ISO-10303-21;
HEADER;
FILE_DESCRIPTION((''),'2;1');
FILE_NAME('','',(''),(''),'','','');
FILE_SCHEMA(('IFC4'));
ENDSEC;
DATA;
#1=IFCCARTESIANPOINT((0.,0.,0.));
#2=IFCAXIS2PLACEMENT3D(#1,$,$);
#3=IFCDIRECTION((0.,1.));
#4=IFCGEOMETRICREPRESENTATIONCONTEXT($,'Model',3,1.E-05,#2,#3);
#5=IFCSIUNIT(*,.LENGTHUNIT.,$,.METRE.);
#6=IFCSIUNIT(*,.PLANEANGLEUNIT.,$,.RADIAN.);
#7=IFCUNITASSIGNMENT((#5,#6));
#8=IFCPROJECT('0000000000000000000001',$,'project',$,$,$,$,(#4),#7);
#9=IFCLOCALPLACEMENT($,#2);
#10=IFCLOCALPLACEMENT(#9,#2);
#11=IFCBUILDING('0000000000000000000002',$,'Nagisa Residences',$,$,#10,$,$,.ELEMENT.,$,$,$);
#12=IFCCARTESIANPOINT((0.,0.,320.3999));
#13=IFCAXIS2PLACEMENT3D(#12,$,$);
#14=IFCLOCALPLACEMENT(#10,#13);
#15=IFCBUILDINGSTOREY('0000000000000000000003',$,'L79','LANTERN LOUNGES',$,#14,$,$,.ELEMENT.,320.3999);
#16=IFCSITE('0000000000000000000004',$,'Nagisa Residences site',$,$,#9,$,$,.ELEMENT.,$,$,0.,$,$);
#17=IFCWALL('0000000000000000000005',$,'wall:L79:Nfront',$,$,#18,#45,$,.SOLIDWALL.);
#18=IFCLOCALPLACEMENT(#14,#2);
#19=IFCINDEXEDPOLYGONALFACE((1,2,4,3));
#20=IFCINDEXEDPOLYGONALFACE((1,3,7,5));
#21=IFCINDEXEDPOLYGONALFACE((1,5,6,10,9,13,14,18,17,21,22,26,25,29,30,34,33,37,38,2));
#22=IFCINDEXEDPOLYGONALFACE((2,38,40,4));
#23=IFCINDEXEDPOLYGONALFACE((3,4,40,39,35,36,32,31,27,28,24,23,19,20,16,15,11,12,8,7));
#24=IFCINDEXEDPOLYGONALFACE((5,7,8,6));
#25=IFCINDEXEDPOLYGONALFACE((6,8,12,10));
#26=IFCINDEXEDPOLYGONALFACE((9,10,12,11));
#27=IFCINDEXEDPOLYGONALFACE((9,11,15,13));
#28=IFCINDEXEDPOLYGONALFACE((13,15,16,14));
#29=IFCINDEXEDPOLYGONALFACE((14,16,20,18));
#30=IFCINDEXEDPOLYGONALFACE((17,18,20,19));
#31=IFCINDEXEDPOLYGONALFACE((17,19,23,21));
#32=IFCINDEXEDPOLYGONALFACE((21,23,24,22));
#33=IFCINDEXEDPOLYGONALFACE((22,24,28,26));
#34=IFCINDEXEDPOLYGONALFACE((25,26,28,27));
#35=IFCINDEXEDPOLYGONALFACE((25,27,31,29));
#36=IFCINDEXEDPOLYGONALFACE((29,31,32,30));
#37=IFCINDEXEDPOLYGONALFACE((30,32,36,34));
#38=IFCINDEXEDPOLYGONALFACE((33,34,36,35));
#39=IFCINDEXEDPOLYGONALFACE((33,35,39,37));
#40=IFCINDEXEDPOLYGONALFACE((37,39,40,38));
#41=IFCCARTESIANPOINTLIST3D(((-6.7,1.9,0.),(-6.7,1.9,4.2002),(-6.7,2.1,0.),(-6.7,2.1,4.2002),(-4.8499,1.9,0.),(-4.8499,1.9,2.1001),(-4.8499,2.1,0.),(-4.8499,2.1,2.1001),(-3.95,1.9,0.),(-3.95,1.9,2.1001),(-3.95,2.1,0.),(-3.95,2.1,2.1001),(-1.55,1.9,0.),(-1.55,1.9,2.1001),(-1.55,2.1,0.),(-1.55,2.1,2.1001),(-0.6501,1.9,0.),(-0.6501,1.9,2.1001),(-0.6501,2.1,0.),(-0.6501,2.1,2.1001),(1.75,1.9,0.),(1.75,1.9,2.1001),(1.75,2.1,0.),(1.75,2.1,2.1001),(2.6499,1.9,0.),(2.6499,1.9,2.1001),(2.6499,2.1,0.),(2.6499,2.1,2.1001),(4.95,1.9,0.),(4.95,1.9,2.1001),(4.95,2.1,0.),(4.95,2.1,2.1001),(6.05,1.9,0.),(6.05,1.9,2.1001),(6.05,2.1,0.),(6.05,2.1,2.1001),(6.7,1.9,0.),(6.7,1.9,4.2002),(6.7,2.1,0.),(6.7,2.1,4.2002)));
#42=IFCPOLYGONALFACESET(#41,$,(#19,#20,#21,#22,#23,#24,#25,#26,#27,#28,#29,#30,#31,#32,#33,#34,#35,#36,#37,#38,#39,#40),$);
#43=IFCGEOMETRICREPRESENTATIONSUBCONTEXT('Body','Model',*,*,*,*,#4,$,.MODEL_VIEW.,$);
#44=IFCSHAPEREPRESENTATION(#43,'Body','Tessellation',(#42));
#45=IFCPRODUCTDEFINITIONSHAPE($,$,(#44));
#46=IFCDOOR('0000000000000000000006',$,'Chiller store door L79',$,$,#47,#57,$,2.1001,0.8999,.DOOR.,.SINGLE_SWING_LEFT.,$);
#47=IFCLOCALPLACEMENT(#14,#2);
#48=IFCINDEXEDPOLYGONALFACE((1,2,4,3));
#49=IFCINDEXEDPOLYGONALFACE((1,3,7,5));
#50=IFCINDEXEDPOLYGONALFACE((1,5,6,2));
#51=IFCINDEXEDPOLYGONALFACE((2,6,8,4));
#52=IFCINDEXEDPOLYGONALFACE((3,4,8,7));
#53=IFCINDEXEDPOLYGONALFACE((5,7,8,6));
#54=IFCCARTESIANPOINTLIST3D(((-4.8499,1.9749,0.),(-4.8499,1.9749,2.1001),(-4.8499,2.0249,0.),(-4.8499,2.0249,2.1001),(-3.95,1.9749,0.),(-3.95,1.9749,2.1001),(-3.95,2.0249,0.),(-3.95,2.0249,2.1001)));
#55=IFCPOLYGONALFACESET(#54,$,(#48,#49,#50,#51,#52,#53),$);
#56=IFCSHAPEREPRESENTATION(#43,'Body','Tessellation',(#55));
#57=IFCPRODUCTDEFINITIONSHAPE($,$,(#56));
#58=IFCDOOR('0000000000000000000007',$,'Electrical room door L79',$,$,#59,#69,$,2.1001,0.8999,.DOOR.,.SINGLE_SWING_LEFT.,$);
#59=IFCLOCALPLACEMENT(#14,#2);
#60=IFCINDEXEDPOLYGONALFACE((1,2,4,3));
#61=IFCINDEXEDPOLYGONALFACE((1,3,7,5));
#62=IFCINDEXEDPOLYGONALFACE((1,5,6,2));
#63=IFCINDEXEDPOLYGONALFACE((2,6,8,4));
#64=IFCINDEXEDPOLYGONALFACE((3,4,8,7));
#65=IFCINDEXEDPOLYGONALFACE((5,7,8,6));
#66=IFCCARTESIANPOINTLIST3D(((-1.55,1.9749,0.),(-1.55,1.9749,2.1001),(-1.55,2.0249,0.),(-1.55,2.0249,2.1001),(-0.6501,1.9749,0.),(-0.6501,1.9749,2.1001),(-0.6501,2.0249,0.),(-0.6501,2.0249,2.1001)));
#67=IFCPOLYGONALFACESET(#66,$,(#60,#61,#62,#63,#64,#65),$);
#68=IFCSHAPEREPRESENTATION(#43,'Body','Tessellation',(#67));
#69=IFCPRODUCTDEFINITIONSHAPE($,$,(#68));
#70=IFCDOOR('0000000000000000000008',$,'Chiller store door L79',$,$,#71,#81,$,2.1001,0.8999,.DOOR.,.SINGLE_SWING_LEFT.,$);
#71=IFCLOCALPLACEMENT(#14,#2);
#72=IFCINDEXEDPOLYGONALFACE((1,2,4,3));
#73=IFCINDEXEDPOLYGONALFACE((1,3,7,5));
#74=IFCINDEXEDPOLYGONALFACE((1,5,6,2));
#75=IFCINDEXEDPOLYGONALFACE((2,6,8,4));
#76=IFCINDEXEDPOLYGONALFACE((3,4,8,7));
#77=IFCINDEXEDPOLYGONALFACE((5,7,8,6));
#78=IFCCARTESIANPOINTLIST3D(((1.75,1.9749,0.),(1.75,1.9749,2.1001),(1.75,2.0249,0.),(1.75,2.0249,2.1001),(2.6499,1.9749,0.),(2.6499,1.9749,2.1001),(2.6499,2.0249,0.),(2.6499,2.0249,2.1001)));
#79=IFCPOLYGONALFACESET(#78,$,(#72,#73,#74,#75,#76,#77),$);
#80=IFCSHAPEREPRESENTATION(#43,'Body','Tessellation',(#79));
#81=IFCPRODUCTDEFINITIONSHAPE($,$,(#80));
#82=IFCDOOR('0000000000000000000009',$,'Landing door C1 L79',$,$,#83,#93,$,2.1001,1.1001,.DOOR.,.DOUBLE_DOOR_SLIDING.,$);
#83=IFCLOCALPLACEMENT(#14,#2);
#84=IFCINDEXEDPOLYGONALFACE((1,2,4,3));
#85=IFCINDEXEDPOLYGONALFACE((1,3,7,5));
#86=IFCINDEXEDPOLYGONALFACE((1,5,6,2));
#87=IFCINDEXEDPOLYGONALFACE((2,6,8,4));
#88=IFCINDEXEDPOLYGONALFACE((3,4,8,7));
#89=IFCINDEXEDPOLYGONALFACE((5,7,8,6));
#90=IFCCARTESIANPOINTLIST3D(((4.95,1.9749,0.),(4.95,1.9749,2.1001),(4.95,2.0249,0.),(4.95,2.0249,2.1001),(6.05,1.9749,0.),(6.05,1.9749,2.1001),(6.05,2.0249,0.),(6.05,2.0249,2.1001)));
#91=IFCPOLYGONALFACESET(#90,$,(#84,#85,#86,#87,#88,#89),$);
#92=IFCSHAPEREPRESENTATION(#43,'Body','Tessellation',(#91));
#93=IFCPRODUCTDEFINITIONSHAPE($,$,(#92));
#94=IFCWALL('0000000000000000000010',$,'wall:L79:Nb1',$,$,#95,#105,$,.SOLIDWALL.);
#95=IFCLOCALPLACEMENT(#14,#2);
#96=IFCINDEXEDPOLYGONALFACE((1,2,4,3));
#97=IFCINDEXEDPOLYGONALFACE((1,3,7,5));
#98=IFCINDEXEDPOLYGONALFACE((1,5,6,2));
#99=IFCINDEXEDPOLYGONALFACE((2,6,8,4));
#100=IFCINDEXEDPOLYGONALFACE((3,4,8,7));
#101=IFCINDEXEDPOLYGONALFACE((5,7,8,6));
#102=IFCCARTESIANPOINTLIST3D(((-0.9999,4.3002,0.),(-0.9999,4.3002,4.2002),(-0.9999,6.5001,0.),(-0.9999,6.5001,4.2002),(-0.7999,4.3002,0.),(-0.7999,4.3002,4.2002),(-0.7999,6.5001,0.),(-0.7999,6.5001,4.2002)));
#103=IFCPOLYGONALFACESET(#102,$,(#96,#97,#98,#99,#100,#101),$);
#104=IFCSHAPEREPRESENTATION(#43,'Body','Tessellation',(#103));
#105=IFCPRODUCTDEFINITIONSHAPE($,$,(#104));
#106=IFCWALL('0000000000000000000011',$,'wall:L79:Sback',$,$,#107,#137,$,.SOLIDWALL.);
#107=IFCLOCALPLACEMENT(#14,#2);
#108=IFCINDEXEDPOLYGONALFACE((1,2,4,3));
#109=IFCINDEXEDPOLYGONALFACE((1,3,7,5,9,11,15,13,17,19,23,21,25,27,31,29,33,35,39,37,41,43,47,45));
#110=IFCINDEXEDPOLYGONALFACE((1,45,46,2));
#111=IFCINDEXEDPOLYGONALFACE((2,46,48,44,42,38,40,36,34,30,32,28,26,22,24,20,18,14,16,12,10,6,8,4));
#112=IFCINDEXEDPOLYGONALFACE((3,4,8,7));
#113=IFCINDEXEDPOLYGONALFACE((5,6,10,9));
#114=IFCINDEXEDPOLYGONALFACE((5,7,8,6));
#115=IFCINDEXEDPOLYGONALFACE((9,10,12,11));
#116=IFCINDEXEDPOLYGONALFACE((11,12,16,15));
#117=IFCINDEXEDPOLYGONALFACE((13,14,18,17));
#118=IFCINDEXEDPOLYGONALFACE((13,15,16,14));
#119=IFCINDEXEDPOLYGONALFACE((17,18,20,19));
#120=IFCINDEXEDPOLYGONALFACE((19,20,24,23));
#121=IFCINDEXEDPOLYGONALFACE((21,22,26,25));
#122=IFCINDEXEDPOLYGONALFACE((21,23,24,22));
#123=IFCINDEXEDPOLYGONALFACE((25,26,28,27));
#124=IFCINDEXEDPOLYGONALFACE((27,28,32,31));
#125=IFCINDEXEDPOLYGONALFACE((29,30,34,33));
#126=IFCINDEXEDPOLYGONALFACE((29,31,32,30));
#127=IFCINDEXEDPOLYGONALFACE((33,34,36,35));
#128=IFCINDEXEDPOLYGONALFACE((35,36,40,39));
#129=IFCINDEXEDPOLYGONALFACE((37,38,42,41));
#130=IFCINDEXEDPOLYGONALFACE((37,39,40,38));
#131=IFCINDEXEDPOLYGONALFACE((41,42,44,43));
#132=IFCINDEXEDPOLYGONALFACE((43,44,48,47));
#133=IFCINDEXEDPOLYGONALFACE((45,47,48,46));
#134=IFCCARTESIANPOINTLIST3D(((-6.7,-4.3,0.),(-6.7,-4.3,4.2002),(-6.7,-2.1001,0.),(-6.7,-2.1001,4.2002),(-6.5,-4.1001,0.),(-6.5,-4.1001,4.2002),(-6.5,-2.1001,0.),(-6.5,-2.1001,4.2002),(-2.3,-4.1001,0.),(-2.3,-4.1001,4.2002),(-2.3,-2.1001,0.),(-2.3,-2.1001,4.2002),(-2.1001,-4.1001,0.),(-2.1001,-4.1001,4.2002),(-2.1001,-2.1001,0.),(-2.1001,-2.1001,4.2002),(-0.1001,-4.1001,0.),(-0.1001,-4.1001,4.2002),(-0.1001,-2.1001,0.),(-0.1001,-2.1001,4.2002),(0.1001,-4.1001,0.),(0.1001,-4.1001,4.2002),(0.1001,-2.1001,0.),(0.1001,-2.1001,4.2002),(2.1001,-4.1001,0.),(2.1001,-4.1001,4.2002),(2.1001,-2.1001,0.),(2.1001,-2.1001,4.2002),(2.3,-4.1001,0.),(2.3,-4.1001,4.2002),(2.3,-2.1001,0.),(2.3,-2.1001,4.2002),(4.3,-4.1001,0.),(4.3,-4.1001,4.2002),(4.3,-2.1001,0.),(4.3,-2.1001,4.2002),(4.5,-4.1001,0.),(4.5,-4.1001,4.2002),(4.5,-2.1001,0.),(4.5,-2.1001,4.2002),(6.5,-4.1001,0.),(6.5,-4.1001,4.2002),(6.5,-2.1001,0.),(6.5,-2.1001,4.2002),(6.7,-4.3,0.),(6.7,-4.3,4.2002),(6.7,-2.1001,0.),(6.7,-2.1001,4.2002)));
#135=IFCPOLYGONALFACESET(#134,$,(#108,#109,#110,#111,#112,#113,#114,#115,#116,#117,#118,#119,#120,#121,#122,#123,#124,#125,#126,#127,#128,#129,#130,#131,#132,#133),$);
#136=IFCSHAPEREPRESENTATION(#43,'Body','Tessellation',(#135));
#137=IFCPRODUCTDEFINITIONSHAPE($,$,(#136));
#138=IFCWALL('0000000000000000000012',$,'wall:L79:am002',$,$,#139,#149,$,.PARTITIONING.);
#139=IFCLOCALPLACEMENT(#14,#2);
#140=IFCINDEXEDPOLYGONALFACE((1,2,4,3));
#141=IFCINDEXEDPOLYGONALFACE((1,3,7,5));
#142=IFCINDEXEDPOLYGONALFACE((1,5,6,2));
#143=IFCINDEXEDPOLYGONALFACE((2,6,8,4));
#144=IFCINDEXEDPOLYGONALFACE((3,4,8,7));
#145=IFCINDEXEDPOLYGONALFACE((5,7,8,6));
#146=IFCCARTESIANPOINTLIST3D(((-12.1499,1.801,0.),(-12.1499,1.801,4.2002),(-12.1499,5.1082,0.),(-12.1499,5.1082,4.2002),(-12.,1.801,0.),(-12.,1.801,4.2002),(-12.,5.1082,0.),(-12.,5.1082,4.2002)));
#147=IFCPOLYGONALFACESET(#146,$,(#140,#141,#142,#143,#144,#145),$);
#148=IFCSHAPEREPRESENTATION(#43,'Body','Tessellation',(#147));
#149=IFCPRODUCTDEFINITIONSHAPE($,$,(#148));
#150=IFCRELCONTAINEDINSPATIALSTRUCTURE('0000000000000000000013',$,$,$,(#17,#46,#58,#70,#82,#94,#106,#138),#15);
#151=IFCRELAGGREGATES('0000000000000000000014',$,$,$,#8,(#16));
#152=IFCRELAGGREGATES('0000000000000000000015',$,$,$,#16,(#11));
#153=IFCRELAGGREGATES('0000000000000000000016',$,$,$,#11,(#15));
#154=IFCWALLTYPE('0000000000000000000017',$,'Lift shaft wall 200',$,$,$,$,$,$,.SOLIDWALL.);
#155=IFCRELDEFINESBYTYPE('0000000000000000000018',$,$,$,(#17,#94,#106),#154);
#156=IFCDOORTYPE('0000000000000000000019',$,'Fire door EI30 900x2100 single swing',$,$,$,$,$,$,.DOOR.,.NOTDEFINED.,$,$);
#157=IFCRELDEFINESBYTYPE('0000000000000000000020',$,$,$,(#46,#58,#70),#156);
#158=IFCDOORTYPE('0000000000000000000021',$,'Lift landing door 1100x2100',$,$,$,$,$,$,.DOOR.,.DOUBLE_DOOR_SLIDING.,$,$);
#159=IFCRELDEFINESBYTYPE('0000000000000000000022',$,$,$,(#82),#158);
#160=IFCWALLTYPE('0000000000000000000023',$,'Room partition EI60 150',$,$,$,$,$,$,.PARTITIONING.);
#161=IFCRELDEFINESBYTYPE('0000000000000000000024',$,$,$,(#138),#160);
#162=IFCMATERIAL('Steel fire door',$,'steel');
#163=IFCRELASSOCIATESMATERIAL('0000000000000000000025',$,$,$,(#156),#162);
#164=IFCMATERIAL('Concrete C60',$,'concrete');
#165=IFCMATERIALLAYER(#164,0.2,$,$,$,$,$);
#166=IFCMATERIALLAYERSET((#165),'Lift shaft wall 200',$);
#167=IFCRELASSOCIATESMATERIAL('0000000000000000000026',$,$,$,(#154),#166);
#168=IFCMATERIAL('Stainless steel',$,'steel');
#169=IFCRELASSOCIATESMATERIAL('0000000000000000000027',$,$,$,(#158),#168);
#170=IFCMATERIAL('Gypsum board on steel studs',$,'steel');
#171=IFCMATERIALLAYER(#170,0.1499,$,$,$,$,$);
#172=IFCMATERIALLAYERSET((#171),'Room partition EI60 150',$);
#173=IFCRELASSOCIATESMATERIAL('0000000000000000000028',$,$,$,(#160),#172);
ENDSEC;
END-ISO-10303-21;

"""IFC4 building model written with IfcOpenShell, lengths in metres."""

from ifc_helpers import new_model, si_unit, direction, frame, frame_2d, origin, place, context, subcontext, project, spatial, polyline, rectangle, outline, extrude, material, layer, layer_set, type_object, element, fill, save


model = new_model("IFC4")

# Units and contexts
model_context = context("Model", 3, precision=1e-05, world=origin(), true_north=direction((0.0, 1.0)))
body_context = subcontext(model_context, "Body", "Model", "MODEL_VIEW")
ifc_project = project(units=[si_unit("LENGTHUNIT", "METRE"), si_unit("PLANEANGLEUNIT", "RADIAN")], contexts=[model_context])

# Site, building, storey
site_placement = place(None, origin())
site = spatial("IfcSite", under=ifc_project, at=site_placement, Name="Nagisa Residences site", CompositionType="ELEMENT", RefElevation=0.0)
building_placement = place(site_placement, origin())
building = spatial("IfcBuilding", under=site, at=building_placement, Name="Nagisa Residences", CompositionType="ELEMENT")
storey_placement = place(building_placement, frame((0.0, 0.0, 320.3999)))
storey = spatial("IfcBuildingStorey", under=building, at=storey_placement, Name="L79", Description="LANTERN LOUNGES", CompositionType="ELEMENT", Elevation=320.3999)

# Shared definitions
ifc_material_1 = material(Name="Steel fire door", Category="steel")
door_type_1 = type_object("IfcDoorType", Name="Fire door EI30 900x2100 single swing", OperationType="NOTDEFINED", PredefinedType="DOOR", material=ifc_material_1)

# Shared definitions
ifc_material_2 = material(Name="Concrete C60", Category="concrete")
ifc_layer_1 = layer(ifc_material_2, 0.2)
ifc_layer_set_1 = layer_set([ifc_layer_1], Name="Lift shaft wall 200")
wall_type_1 = type_object("IfcWallType", Name="Lift shaft wall 200", PredefinedType="SOLIDWALL", material=ifc_layer_set_1)
ifc_material_3 = material(Name="Stainless steel", Category="steel")
door_type_2 = type_object("IfcDoorType", Name="Lift landing door 1100x2100", OperationType="DOUBLE_DOOR_SLIDING", PredefinedType="DOOR", material=ifc_material_3)

# Wall, openings, doors
wall_1_placement = place(storey_placement, frame((-6.7, 2.0, 0.0), z_axis=(0.0, 0.0, 1.0), x_axis=(1.0, 0.0, 0.0)))
wall_1 = element("IfcWall", 1, at=wall_1_placement, inside=storey, type_object=wall_type_1, Name="wall:L79:Nfront", PredefinedType="SOLIDWALL", context=body_context, shape_type="SweptSolid", body=[
    extrude(rectangle(XDim=13.3999, YDim=0.2, at=frame_2d((6.7, 0.0))), origin(), (0.0, 0.0, 1.0), 4.2002),
])
opening_1_placement = place(wall_1_placement, frame((11.6499, 0.0, 0.0)))
opening_1 = element("IfcOpeningElement", 2, at=opening_1_placement, cuts=wall_1, PredefinedType="OPENING", context=body_context, shape_type="SweptSolid", body=[
    extrude(rectangle(XDim=1.1001, YDim=2.1001, at=frame_2d((0.55, 1.05))), frame((0.0, 0.1099, 0.0), z_axis=(0.0, -1.0, 0.0), x_axis=(1.0, 0.0, 0.0)), (0.0, 0.0, 1.0), 0.22),
])
opening_2_placement = place(wall_1_placement, frame((1.8501, 0.0, 0.0)))
opening_2 = element("IfcOpeningElement", 3, at=opening_2_placement, cuts=wall_1, PredefinedType="OPENING", context=body_context, shape_type="SweptSolid", body=[
    extrude(rectangle(XDim=0.8999, YDim=2.1001, at=frame_2d((0.45, 1.05))), frame((0.0, 0.1099, 0.0), z_axis=(0.0, -1.0, 0.0), x_axis=(1.0, 0.0, 0.0)), (0.0, 0.0, 1.0), 0.22),
])
opening_3_placement = place(wall_1_placement, frame((5.1499, 0.0, 0.0)))
opening_3 = element("IfcOpeningElement", 4, at=opening_3_placement, cuts=wall_1, PredefinedType="OPENING", context=body_context, shape_type="SweptSolid", body=[
    extrude(rectangle(XDim=0.8999, YDim=2.1001, at=frame_2d((0.45, 1.05))), frame((0.0, 0.1099, 0.0), z_axis=(0.0, -1.0, 0.0), x_axis=(1.0, 0.0, 0.0)), (0.0, 0.0, 1.0), 0.22),
])
opening_4_placement = place(wall_1_placement, frame((8.45, 0.0, 0.0)))
opening_4 = element("IfcOpeningElement", 5, at=opening_4_placement, cuts=wall_1, PredefinedType="OPENING", context=body_context, shape_type="SweptSolid", body=[
    extrude(rectangle(XDim=0.8999, YDim=2.1001, at=frame_2d((0.45, 1.05))), frame((0.0, 0.1099, 0.0), z_axis=(0.0, -1.0, 0.0), x_axis=(1.0, 0.0, 0.0)), (0.0, 0.0, 1.0), 0.22),
])
door_1_placement = place(opening_2_placement, origin())
door_1 = element("IfcDoor", 6, at=door_1_placement, inside=storey, type_object=door_type_1, Name="Chiller store door L79", OperationType="SINGLE_SWING_LEFT", OverallHeight=2.1001, OverallWidth=0.8999, PredefinedType="DOOR", context=body_context, shape_type="SweptSolid", body=[
    extrude(rectangle(XDim=0.8999, YDim=2.1001, at=frame_2d((0.45, 1.05))), frame((0.0, 0.0249, 0.0), z_axis=(0.0, -1.0, 0.0), x_axis=(1.0, 0.0, 0.0)), (0.0, 0.0, 1.0), 0.05),
])
fill(opening_2, door_1)
door_2_placement = place(opening_3_placement, origin())
door_2 = element("IfcDoor", 7, at=door_2_placement, inside=storey, type_object=door_type_1, Name="Electrical room door L79", OperationType="SINGLE_SWING_LEFT", OverallHeight=2.1001, OverallWidth=0.8999, PredefinedType="DOOR", context=body_context, shape_type="SweptSolid", body=[
    extrude(rectangle(XDim=0.8999, YDim=2.1001, at=frame_2d((0.45, 1.05))), frame((0.0, 0.0249, 0.0), z_axis=(0.0, -1.0, 0.0), x_axis=(1.0, 0.0, 0.0)), (0.0, 0.0, 1.0), 0.05),
])
fill(opening_3, door_2)
door_3_placement = place(opening_4_placement, origin())
door_3 = element("IfcDoor", 8, at=door_3_placement, inside=storey, type_object=door_type_1, Name="Chiller store door L79", OperationType="SINGLE_SWING_LEFT", OverallHeight=2.1001, OverallWidth=0.8999, PredefinedType="DOOR", context=body_context, shape_type="SweptSolid", body=[
    extrude(rectangle(XDim=0.8999, YDim=2.1001, at=frame_2d((0.45, 1.05))), frame((0.0, 0.0249, 0.0), z_axis=(0.0, -1.0, 0.0), x_axis=(1.0, 0.0, 0.0)), (0.0, 0.0, 1.0), 0.05),
])
fill(opening_4, door_3)
door_4_placement = place(opening_1_placement, origin())
door_4 = element("IfcDoor", 9, at=door_4_placement, inside=storey, type_object=door_type_2, Name="Landing door C1 L79", OperationType="DOUBLE_DOOR_SLIDING", OverallHeight=2.1001, OverallWidth=1.1001, PredefinedType="DOOR", context=body_context, shape_type="SweptSolid", body=[
    extrude(rectangle(XDim=1.1001, YDim=2.1001, at=frame_2d((0.55, 1.05))), frame((0.0, 0.0249, 0.0), z_axis=(0.0, -1.0, 0.0), x_axis=(1.0, 0.0, 0.0)), (0.0, 0.0, 1.0), 0.05),
])
fill(opening_1, door_4)

# Walls
wall_2_placement = place(storey_placement, frame((-0.8999, 4.3, 0.0), z_axis=(0.0, 0.0, 1.0), x_axis=(0.0, 1.0, 0.0)))
element("IfcWall", 10, at=wall_2_placement, inside=storey, type_object=wall_type_1, Name="wall:L79:Nb1", PredefinedType="SOLIDWALL", context=body_context, shape_type="SweptSolid", body=[
    extrude(rectangle(XDim=2.2, YDim=0.2, at=frame_2d((1.1001, 0.0))), origin(), (0.0, 0.0, 1.0), 4.2002),
])
wall_3_placement = place(storey_placement, origin())
element("IfcWall", 11, at=wall_3_placement, inside=storey, type_object=wall_type_1, Name="wall:L79:Sback", PredefinedType="SOLIDWALL", context=body_context, shape_type="SweptSolid", body=[
    extrude(outline(polyline([(-6.7, -2.1001), (-6.5, -2.1001), (-6.5, -4.1001), (-2.3, -4.1001), (-2.3, -2.1001), (-2.1001, -2.1001), (-2.1001, -4.1001), (-0.1001, -4.1001), (-0.1001, -2.1001), (0.1001, -2.1001), (0.1001, -4.1001), (2.1001, -4.1001), (2.1001, -2.1001), (2.3, -2.1001), (2.3, -4.1001), (4.3, -4.1001), (4.3, -2.1001), (4.5, -2.1001), (4.5, -4.1001), (6.5, -4.1001), (6.5, -2.1001), (6.7, -2.1001), (6.7, -4.3), (-6.7, -4.3), (-6.7, -2.1001)])), origin(), (0.0, 0.0, 1.0), 4.2002),
])
ifc_material_4 = material(Name="Gypsum board on steel studs", Category="steel")
ifc_layer_2 = layer(ifc_material_4, 0.1499)
ifc_layer_set_2 = layer_set([ifc_layer_2], Name="Room partition EI60 150")
wall_type_2 = type_object("IfcWallType", Name="Room partition EI60 150", PredefinedType="PARTITIONING", material=ifc_layer_set_2)
wall_4_placement = place(storey_placement, frame((-12.075, 1.801, 0.0), z_axis=(0.0, 0.0, 1.0), x_axis=(0.0, 1.0, 0.0)))
element("IfcWall", 12, at=wall_4_placement, inside=storey, type_object=wall_type_2, Name="wall:L79:am002", PredefinedType="PARTITIONING", context=body_context, shape_type="SweptSolid", body=[
    extrude(rectangle(XDim=3.3071, YDim=0.1499, at=frame_2d((1.6536, 0.0))), origin(), (0.0, 0.0, 1.0), 4.2002),
])

save(model, "model.ifc")
